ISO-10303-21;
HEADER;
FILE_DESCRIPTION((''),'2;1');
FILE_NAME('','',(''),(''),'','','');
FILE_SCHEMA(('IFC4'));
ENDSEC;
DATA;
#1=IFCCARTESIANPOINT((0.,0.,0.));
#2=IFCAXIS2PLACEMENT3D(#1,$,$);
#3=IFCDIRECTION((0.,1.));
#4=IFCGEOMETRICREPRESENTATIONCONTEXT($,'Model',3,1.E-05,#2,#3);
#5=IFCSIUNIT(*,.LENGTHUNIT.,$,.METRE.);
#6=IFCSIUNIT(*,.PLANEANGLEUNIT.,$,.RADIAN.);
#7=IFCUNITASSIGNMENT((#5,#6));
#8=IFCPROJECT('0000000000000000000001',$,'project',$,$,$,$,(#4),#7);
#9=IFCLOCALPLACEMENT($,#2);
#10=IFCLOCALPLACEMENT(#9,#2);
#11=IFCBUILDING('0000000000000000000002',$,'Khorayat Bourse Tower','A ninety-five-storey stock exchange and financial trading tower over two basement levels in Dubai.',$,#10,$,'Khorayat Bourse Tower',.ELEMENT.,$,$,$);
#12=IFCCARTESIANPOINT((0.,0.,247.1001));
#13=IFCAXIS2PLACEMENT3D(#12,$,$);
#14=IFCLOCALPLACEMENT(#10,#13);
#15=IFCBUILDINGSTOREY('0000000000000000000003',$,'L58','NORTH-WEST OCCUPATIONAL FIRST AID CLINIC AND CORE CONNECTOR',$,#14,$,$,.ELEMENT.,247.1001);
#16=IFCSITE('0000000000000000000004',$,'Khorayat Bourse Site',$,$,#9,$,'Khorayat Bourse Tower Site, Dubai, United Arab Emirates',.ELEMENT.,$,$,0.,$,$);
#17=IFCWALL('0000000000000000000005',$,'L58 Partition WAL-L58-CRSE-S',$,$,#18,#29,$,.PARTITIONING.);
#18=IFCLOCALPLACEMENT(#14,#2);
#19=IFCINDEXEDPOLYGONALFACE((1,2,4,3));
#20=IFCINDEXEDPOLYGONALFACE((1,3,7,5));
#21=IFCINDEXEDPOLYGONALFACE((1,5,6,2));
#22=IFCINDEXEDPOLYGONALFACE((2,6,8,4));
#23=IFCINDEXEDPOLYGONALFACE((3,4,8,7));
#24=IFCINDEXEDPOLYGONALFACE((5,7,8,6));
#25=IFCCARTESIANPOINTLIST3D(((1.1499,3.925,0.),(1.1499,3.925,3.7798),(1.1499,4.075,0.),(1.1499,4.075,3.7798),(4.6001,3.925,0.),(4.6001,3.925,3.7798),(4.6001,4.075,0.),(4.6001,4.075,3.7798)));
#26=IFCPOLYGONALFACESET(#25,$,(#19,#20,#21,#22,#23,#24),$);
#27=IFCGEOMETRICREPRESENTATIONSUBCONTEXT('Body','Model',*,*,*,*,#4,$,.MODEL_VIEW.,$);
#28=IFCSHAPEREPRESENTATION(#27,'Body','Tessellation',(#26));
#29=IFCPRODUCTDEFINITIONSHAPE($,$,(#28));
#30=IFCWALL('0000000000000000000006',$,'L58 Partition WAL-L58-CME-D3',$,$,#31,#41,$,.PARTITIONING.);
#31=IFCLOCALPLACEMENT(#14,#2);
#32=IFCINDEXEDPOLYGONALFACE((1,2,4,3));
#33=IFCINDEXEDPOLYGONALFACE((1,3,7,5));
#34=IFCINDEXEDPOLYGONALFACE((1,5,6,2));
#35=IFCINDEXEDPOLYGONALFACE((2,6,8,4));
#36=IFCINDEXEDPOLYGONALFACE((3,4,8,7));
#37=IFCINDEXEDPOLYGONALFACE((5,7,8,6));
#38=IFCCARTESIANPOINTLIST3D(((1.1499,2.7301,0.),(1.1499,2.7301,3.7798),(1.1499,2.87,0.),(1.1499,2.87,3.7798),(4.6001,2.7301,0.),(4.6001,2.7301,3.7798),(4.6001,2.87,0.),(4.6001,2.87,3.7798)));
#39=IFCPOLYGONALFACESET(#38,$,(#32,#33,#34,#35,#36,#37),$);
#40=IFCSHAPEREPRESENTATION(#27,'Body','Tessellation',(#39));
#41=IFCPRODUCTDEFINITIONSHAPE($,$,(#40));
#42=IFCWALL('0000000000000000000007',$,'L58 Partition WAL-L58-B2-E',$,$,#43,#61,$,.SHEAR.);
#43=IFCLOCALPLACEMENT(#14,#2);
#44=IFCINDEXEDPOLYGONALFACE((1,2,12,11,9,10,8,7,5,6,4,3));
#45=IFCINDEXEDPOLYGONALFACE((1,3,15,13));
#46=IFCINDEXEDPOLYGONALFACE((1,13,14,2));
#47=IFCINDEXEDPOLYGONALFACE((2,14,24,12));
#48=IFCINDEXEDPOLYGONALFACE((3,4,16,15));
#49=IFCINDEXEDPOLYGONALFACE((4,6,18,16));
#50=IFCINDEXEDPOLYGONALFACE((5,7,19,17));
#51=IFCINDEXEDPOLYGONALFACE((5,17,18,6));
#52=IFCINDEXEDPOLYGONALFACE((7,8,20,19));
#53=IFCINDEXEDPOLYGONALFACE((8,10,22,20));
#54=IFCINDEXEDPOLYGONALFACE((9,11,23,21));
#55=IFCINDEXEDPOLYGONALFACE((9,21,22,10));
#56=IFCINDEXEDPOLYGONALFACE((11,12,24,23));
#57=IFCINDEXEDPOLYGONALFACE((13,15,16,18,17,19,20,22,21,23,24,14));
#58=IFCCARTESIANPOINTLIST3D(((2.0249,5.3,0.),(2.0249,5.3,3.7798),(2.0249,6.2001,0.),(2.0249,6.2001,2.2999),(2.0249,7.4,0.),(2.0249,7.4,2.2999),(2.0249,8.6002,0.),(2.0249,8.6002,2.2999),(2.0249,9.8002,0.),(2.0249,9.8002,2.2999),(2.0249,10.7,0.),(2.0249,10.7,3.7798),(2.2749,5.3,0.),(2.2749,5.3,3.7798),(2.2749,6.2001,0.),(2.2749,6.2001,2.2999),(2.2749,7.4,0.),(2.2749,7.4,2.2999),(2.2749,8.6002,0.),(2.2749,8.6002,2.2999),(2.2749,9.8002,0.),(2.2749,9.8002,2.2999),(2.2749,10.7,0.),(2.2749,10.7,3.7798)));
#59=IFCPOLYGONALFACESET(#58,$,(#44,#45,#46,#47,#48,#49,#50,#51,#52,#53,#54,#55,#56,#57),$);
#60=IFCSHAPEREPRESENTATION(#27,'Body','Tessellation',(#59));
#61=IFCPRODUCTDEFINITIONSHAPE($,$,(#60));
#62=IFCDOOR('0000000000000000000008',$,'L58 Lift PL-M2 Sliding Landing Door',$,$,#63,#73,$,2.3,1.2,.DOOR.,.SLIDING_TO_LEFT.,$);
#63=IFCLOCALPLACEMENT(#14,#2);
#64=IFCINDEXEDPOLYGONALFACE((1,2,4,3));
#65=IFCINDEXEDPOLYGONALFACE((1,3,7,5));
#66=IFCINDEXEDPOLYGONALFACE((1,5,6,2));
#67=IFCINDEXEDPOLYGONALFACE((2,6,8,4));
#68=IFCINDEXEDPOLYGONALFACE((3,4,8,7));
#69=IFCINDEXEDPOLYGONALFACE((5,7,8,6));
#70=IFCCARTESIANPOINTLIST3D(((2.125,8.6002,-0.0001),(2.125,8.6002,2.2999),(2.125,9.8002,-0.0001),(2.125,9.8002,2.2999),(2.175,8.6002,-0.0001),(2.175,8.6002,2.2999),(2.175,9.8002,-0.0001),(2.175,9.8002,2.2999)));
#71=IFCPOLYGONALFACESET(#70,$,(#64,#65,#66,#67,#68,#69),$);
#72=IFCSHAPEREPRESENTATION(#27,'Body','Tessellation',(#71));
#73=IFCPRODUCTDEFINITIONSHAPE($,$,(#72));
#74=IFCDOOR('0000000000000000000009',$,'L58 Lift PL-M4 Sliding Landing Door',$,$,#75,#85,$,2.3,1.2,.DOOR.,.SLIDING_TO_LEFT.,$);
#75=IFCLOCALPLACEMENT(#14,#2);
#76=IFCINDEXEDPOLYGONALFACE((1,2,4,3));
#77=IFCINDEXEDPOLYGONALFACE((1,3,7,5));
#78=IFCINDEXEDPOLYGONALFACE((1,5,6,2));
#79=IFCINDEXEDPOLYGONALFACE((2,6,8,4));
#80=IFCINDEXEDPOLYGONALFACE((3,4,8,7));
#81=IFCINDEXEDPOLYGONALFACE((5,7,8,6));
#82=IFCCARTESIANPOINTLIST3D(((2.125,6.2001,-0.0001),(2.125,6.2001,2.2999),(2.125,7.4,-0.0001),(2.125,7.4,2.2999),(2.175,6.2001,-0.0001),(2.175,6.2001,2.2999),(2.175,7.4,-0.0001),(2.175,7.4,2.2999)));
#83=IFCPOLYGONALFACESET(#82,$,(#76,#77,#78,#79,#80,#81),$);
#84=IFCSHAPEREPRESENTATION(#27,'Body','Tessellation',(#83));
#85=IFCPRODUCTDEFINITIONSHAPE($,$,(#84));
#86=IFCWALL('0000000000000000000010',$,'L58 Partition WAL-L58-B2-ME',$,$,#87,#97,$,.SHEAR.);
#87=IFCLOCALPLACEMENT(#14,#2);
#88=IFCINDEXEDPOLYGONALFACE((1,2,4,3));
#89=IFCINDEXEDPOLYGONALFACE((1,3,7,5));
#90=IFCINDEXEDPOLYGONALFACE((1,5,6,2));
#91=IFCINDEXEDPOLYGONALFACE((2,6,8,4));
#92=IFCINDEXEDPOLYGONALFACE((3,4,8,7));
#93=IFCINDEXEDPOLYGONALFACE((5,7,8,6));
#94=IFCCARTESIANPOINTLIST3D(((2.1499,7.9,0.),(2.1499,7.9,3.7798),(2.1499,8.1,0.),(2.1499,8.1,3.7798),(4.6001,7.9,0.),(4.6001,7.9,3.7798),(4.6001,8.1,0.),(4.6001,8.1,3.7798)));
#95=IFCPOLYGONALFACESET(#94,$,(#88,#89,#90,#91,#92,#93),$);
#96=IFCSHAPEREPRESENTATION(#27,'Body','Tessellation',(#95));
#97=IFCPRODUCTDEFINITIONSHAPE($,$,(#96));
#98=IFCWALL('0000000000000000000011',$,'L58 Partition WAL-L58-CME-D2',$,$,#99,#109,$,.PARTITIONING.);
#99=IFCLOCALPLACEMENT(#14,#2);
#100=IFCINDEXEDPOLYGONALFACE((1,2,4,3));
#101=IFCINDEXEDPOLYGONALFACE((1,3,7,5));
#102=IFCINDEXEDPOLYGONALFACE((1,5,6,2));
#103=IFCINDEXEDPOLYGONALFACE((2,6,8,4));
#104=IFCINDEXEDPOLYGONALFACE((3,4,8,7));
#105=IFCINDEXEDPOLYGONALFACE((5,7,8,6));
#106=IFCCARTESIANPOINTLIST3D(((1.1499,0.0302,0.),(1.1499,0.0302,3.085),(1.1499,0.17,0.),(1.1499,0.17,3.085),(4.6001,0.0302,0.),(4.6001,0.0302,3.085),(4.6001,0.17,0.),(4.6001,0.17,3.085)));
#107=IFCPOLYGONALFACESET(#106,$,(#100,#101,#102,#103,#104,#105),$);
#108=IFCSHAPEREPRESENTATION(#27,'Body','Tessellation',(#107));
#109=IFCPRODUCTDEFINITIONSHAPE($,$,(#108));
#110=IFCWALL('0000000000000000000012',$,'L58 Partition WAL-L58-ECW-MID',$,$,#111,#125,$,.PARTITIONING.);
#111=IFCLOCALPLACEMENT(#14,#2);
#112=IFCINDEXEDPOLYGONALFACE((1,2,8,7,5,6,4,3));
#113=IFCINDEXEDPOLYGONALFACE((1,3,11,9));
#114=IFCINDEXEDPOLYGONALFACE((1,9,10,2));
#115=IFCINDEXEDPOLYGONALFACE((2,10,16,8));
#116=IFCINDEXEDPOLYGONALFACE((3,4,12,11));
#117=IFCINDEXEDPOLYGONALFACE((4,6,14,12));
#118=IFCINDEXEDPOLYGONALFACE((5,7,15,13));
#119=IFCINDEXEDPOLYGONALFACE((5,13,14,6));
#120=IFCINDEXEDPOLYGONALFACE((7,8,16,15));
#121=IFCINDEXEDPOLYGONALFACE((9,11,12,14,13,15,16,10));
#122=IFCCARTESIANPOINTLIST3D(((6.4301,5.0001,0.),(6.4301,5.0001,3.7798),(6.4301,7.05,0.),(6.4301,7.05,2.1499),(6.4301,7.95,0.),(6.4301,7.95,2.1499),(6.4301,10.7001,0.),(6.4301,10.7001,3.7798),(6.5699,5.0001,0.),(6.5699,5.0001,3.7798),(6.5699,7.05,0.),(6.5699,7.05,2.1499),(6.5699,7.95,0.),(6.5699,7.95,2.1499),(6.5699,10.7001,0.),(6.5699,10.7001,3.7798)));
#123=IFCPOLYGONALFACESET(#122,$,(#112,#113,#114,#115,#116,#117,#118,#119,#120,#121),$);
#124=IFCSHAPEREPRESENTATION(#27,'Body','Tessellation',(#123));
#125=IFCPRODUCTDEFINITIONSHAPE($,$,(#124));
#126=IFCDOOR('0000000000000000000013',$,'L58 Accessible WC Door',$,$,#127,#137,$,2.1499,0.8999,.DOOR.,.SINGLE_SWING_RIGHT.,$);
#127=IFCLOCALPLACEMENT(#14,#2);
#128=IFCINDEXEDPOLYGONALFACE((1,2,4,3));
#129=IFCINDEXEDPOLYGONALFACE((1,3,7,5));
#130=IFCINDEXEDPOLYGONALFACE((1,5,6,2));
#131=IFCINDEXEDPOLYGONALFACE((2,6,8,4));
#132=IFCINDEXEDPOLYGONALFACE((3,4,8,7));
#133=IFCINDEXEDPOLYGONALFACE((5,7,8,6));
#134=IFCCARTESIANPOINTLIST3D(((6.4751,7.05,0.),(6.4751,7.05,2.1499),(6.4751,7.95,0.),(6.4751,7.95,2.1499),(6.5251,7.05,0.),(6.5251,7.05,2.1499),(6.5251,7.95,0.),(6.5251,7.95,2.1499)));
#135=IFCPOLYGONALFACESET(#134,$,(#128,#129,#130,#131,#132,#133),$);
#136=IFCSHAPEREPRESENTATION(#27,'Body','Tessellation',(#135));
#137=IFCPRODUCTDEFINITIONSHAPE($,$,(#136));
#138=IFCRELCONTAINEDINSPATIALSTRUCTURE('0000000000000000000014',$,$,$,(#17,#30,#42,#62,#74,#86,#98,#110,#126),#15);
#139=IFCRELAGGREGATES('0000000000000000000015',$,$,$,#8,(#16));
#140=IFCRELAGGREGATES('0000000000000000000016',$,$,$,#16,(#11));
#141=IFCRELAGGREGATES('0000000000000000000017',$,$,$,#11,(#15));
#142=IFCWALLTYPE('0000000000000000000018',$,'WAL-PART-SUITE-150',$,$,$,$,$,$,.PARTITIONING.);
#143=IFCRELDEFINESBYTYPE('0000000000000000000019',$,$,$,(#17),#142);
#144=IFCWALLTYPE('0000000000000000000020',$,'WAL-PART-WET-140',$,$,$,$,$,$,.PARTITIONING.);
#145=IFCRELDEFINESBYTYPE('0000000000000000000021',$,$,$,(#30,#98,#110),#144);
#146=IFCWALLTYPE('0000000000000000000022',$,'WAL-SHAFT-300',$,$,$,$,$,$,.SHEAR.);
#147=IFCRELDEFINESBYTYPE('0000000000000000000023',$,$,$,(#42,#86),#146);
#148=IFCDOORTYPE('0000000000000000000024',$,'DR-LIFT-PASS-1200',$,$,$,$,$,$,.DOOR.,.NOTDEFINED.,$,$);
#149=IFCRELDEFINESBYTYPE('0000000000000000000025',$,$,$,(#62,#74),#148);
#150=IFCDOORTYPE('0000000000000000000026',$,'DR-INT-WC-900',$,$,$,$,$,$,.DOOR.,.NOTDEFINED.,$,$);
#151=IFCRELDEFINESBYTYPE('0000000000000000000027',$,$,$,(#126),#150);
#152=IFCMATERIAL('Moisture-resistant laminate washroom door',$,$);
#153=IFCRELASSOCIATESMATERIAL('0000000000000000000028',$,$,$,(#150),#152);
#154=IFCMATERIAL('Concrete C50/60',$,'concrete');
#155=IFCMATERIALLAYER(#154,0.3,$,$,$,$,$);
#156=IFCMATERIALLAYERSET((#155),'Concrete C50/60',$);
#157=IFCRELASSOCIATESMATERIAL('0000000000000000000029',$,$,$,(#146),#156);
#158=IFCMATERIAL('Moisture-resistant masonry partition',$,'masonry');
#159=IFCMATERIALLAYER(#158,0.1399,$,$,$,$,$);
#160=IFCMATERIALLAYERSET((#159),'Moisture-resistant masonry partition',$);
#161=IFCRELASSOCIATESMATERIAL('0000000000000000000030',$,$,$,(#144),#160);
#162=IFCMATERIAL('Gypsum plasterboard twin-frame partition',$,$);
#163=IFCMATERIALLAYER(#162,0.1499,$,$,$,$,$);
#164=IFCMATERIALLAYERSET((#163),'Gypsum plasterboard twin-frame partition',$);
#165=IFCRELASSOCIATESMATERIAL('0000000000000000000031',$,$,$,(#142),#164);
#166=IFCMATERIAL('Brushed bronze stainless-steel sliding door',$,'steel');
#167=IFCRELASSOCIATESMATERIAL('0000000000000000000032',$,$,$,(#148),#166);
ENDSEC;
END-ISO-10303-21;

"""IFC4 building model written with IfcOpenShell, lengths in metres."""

from ifc_helpers import new_model, si_unit, direction, frame, frame_2d, origin, place, context, subcontext, project, spatial, rectangle, extrude, source, transform, mapped, material, layer, layer_set, type_object, element, fill, save


model = new_model("IFC4")

# Units and contexts
model_context = context("Model", 3, precision=1e-05, world=origin(), true_north=direction((0.0, 1.0)))
body_context = subcontext(model_context, "Body", "Model", "MODEL_VIEW")
ifc_project = project(units=[si_unit("LENGTHUNIT", "METRE"), si_unit("PLANEANGLEUNIT", "RADIAN")], contexts=[model_context])

# Site, building, storey
site_placement = place(None, origin())
site = spatial("IfcSite", under=ifc_project, at=site_placement, Name="Khorayat Bourse Site", LongName="Khorayat Bourse Tower Site, Dubai, United Arab Emirates", CompositionType="ELEMENT", RefElevation=0.0)
building_placement = place(site_placement, origin())
building = spatial("IfcBuilding", under=site, at=building_placement, Name="Khorayat Bourse Tower", Description="A ninety-five-storey stock exchange and financial trading tower over two basement levels in Dubai.", LongName="Khorayat Bourse Tower", CompositionType="ELEMENT")
storey_placement = place(building_placement, frame((0.0, 0.0, 247.1001)))
storey = spatial("IfcBuildingStorey", under=building, at=storey_placement, Name="L58", Description="NORTH-WEST OCCUPATIONAL FIRST AID CLINIC AND CORE CONNECTOR", CompositionType="ELEMENT", Elevation=247.1001)

# Shared definitions
ifc_material_1 = material(Name="Moisture-resistant laminate washroom door")
door_type_1 = type_object("IfcDoorType", Name="DR-INT-WC-900", OperationType="NOTDEFINED", PredefinedType="DOOR", material=ifc_material_1)
shared_shape_1 = source(origin(), body_context, "Body", "SweptSolid", [
    extrude(rectangle(XDim=0.8999, YDim=2.1499, at=frame_2d((0.45, 1.075))), frame((0.0, 0.0249, 0.0), z_axis=(0.0, -1.0, 0.0), x_axis=(1.0, 0.0, 0.0)), (0.0, 0.0, 1.0), 0.05),
])

# Shared definitions
ifc_material_2 = material(Name="Concrete C50/60", Category="concrete")
ifc_layer_1 = layer(ifc_material_2, 0.3)
ifc_layer_set_1 = layer_set([ifc_layer_1], Name="Concrete C50/60")
wall_type_1 = type_object("IfcWallType", Name="WAL-SHAFT-300", PredefinedType="SHEAR", material=ifc_layer_set_1)
ifc_material_3 = material(Name="Moisture-resistant masonry partition", Category="masonry")
ifc_layer_2 = layer(ifc_material_3, 0.1399)
ifc_layer_set_2 = layer_set([ifc_layer_2], Name="Moisture-resistant masonry partition")
wall_type_2 = type_object("IfcWallType", Name="WAL-PART-WET-140", PredefinedType="PARTITIONING", material=ifc_layer_set_2)

# Shared definitions
shared_shape_2 = source(origin(), body_context, "Body", "SweptSolid", [
    extrude(rectangle(XDim=0.8999, YDim=2.1499, at=frame_2d((0.45, 1.075))), frame((0.0, 0.0798, 0.0), z_axis=(0.0, -1.0, 0.0), x_axis=(1.0, 0.0, 0.0)), (0.0, 0.0, 1.0), 0.1599),
])

# Walls
ifc_material_4 = material(Name="Gypsum plasterboard twin-frame partition")
ifc_layer_3 = layer(ifc_material_4, 0.1499)
ifc_layer_set_3 = layer_set([ifc_layer_3], Name="Gypsum plasterboard twin-frame partition")
wall_type_3 = type_object("IfcWallType", Name="WAL-PART-SUITE-150", PredefinedType="PARTITIONING", material=ifc_layer_set_3)
shared_shape_3 = source(origin(), body_context, "Body", "SweptSolid", [
    extrude(rectangle(XDim=3.4502, YDim=0.1499, at=frame_2d((1.7251, 0.0))), origin(), (0.0, 0.0, 1.0), 3.7798),
])
wall_1_placement = place(storey_placement, frame((1.1499, 4.0, 0.0), z_axis=(0.0, 0.0, 1.0), x_axis=(1.0, 0.0, 0.0)))
element("IfcWall", 1, at=wall_1_placement, inside=storey, type_object=wall_type_3, Name="L58 Partition WAL-L58-CRSE-S", PredefinedType="PARTITIONING", context=body_context, shape_type="MappedRepresentation", body=[
    mapped(shared_shape_3, transform((0.0, 0.0, 0.0), scale=1.0)),
])
shared_shape_4 = source(origin(), body_context, "Body", "SweptSolid", [
    extrude(rectangle(XDim=3.4502, YDim=0.1399, at=frame_2d((1.7251, 0.0))), origin(), (0.0, 0.0, 1.0), 3.7798),
])
wall_2_placement = place(storey_placement, frame((1.1499, 2.8, 0.0), z_axis=(0.0, 0.0, 1.0), x_axis=(1.0, 0.0, 0.0)))
element("IfcWall", 2, at=wall_2_placement, inside=storey, type_object=wall_type_2, Name="L58 Partition WAL-L58-CME-D3", PredefinedType="PARTITIONING", context=body_context, shape_type="MappedRepresentation", body=[
    mapped(shared_shape_4, transform((0.0, 0.0, 0.0), scale=1.0)),
])

# Wall, openings, doors
shared_shape_5 = source(origin(), body_context, "Body", "SweptSolid", [
    extrude(rectangle(XDim=5.3999, YDim=0.25, at=frame_2d((2.7, 0.0))), origin(), (0.0, 0.0, 1.0), 3.7798),
])
wall_3_placement = place(storey_placement, frame((2.1499, 5.3, 0.0), z_axis=(0.0, 0.0, 1.0), x_axis=(0.0, 1.0, 0.0)))
wall_3 = element("IfcWall", 3, at=wall_3_placement, inside=storey, type_object=wall_type_1, Name="L58 Partition WAL-L58-B2-E", PredefinedType="SHEAR", context=body_context, shape_type="MappedRepresentation", body=[
    mapped(shared_shape_5, transform((0.0, 0.0, 0.0), scale=1.0)),
])
shared_shape_6 = source(origin(), body_context, "Body", "SweptSolid", [
    extrude(rectangle(XDim=1.2, YDim=2.3, at=frame_2d((0.6001, 1.1499))), frame((0.0, 0.135, 0.0), z_axis=(0.0, -1.0, 0.0), x_axis=(1.0, 0.0, 0.0)), (0.0, 0.0, 1.0), 0.27),
])
opening_1_placement = place(wall_3_placement, frame((3.3, 0.0, 0.0)))
opening_1 = element("IfcOpeningElement", 4, at=opening_1_placement, cuts=wall_3, PredefinedType="OPENING", context=body_context, shape_type="MappedRepresentation", body=[
    mapped(shared_shape_6, transform((0.0, 0.0, 0.0), scale=1.0)),
])
opening_2_placement = place(wall_3_placement, frame((0.8999, 0.0, 0.0)))
opening_2 = element("IfcOpeningElement", 5, at=opening_2_placement, cuts=wall_3, PredefinedType="OPENING", context=body_context, shape_type="MappedRepresentation", body=[
    mapped(shared_shape_6, transform((0.0, 0.0, 0.0), scale=1.0)),
])
ifc_material_5 = material(Name="Brushed bronze stainless-steel sliding door", Category="steel")
door_type_2 = type_object("IfcDoorType", Name="DR-LIFT-PASS-1200", OperationType="NOTDEFINED", PredefinedType="DOOR", material=ifc_material_5)
shared_shape_7 = source(origin(), body_context, "Body", "SweptSolid", [
    extrude(rectangle(XDim=1.2, YDim=2.3, at=frame_2d((0.6001, 1.1499))), frame((0.0, 0.0249, 0.0), z_axis=(0.0, -1.0, 0.0), x_axis=(1.0, 0.0, 0.0)), (0.0, 0.0, 1.0), 0.05),
])
door_1_placement = place(opening_1_placement, origin())
door_1 = element("IfcDoor", 6, at=door_1_placement, inside=storey, type_object=door_type_2, Name="L58 Lift PL-M2 Sliding Landing Door", OperationType="SLIDING_TO_LEFT", OverallHeight=2.3, OverallWidth=1.2, PredefinedType="DOOR", context=body_context, shape_type="MappedRepresentation", body=[
    mapped(shared_shape_7, transform((0.0, 0.0, 0.0), scale=1.0)),
])
fill(opening_1, door_1)
door_2_placement = place(opening_2_placement, origin())
door_2 = element("IfcDoor", 7, at=door_2_placement, inside=storey, type_object=door_type_2, Name="L58 Lift PL-M4 Sliding Landing Door", OperationType="SLIDING_TO_LEFT", OverallHeight=2.3, OverallWidth=1.2, PredefinedType="DOOR", context=body_context, shape_type="MappedRepresentation", body=[
    mapped(shared_shape_7, transform((0.0, 0.0, 0.0), scale=1.0)),
])
fill(opening_2, door_2)

# Walls
shared_shape_8 = source(origin(), body_context, "Body", "SweptSolid", [
    extrude(rectangle(XDim=2.4502, YDim=0.2, at=frame_2d((1.2251, 0.0))), origin(), (0.0, 0.0, 1.0), 3.7798),
])
wall_4_placement = place(storey_placement, frame((2.1499, 8.0, 0.0), z_axis=(0.0, 0.0, 1.0), x_axis=(1.0, 0.0, 0.0)))
element("IfcWall", 8, at=wall_4_placement, inside=storey, type_object=wall_type_1, Name="L58 Partition WAL-L58-B2-ME", PredefinedType="SHEAR", context=body_context, shape_type="MappedRepresentation", body=[
    mapped(shared_shape_8, transform((0.0, 0.0, 0.0), scale=1.0)),
])
shared_shape_9 = source(origin(), body_context, "Body", "SweptSolid", [
    extrude(rectangle(XDim=3.4502, YDim=0.1399, at=frame_2d((1.7251, 0.0))), origin(), (0.0, 0.0, 1.0), 3.085),
])
wall_5_placement = place(storey_placement, frame((1.1499, 0.1001, 0.0), z_axis=(0.0, 0.0, 1.0), x_axis=(1.0, 0.0, 0.0)))
element("IfcWall", 9, at=wall_5_placement, inside=storey, type_object=wall_type_2, Name="L58 Partition WAL-L58-CME-D2", PredefinedType="PARTITIONING", context=body_context, shape_type="MappedRepresentation", body=[
    mapped(shared_shape_9, transform((0.0, 0.0, 0.0), scale=1.0)),
])

# Wall, opening, door
shared_shape_10 = source(origin(), body_context, "Body", "SweptSolid", [
    extrude(rectangle(XDim=5.7, YDim=0.1399, at=frame_2d((2.8501, 0.0))), origin(), (0.0, 0.0, 1.0), 3.7798),
])
wall_6_placement = place(storey_placement, frame((6.5, 5.0, 0.0), z_axis=(0.0, 0.0, 1.0), x_axis=(0.0, 1.0, 0.0)))
wall_6 = element("IfcWall", 10, at=wall_6_placement, inside=storey, type_object=wall_type_2, Name="L58 Partition WAL-L58-ECW-MID", PredefinedType="PARTITIONING", context=body_context, shape_type="MappedRepresentation", body=[
    mapped(shared_shape_10, transform((0.0, 0.0, 0.0), scale=1.0)),
])
opening_3_placement = place(wall_6_placement, frame((2.05, 0.0, 0.0)))
opening_3 = element("IfcOpeningElement", 11, at=opening_3_placement, cuts=wall_6, PredefinedType="OPENING", context=body_context, shape_type="MappedRepresentation", body=[
    mapped(shared_shape_2, transform((0.0, 0.0, 0.0), scale=1.0)),
])
door_3_placement = place(opening_3_placement, origin())
door_3 = element("IfcDoor", 12, at=door_3_placement, inside=storey, type_object=door_type_1, Name="L58 Accessible WC Door", OperationType="SINGLE_SWING_RIGHT", OverallHeight=2.1499, OverallWidth=0.8999, PredefinedType="DOOR", context=body_context, shape_type="MappedRepresentation", body=[
    mapped(shared_shape_1, transform((0.0, 0.0, 0.0), scale=1.0)),
])
fill(opening_3, door_3)

save(model, "model.ifc")
